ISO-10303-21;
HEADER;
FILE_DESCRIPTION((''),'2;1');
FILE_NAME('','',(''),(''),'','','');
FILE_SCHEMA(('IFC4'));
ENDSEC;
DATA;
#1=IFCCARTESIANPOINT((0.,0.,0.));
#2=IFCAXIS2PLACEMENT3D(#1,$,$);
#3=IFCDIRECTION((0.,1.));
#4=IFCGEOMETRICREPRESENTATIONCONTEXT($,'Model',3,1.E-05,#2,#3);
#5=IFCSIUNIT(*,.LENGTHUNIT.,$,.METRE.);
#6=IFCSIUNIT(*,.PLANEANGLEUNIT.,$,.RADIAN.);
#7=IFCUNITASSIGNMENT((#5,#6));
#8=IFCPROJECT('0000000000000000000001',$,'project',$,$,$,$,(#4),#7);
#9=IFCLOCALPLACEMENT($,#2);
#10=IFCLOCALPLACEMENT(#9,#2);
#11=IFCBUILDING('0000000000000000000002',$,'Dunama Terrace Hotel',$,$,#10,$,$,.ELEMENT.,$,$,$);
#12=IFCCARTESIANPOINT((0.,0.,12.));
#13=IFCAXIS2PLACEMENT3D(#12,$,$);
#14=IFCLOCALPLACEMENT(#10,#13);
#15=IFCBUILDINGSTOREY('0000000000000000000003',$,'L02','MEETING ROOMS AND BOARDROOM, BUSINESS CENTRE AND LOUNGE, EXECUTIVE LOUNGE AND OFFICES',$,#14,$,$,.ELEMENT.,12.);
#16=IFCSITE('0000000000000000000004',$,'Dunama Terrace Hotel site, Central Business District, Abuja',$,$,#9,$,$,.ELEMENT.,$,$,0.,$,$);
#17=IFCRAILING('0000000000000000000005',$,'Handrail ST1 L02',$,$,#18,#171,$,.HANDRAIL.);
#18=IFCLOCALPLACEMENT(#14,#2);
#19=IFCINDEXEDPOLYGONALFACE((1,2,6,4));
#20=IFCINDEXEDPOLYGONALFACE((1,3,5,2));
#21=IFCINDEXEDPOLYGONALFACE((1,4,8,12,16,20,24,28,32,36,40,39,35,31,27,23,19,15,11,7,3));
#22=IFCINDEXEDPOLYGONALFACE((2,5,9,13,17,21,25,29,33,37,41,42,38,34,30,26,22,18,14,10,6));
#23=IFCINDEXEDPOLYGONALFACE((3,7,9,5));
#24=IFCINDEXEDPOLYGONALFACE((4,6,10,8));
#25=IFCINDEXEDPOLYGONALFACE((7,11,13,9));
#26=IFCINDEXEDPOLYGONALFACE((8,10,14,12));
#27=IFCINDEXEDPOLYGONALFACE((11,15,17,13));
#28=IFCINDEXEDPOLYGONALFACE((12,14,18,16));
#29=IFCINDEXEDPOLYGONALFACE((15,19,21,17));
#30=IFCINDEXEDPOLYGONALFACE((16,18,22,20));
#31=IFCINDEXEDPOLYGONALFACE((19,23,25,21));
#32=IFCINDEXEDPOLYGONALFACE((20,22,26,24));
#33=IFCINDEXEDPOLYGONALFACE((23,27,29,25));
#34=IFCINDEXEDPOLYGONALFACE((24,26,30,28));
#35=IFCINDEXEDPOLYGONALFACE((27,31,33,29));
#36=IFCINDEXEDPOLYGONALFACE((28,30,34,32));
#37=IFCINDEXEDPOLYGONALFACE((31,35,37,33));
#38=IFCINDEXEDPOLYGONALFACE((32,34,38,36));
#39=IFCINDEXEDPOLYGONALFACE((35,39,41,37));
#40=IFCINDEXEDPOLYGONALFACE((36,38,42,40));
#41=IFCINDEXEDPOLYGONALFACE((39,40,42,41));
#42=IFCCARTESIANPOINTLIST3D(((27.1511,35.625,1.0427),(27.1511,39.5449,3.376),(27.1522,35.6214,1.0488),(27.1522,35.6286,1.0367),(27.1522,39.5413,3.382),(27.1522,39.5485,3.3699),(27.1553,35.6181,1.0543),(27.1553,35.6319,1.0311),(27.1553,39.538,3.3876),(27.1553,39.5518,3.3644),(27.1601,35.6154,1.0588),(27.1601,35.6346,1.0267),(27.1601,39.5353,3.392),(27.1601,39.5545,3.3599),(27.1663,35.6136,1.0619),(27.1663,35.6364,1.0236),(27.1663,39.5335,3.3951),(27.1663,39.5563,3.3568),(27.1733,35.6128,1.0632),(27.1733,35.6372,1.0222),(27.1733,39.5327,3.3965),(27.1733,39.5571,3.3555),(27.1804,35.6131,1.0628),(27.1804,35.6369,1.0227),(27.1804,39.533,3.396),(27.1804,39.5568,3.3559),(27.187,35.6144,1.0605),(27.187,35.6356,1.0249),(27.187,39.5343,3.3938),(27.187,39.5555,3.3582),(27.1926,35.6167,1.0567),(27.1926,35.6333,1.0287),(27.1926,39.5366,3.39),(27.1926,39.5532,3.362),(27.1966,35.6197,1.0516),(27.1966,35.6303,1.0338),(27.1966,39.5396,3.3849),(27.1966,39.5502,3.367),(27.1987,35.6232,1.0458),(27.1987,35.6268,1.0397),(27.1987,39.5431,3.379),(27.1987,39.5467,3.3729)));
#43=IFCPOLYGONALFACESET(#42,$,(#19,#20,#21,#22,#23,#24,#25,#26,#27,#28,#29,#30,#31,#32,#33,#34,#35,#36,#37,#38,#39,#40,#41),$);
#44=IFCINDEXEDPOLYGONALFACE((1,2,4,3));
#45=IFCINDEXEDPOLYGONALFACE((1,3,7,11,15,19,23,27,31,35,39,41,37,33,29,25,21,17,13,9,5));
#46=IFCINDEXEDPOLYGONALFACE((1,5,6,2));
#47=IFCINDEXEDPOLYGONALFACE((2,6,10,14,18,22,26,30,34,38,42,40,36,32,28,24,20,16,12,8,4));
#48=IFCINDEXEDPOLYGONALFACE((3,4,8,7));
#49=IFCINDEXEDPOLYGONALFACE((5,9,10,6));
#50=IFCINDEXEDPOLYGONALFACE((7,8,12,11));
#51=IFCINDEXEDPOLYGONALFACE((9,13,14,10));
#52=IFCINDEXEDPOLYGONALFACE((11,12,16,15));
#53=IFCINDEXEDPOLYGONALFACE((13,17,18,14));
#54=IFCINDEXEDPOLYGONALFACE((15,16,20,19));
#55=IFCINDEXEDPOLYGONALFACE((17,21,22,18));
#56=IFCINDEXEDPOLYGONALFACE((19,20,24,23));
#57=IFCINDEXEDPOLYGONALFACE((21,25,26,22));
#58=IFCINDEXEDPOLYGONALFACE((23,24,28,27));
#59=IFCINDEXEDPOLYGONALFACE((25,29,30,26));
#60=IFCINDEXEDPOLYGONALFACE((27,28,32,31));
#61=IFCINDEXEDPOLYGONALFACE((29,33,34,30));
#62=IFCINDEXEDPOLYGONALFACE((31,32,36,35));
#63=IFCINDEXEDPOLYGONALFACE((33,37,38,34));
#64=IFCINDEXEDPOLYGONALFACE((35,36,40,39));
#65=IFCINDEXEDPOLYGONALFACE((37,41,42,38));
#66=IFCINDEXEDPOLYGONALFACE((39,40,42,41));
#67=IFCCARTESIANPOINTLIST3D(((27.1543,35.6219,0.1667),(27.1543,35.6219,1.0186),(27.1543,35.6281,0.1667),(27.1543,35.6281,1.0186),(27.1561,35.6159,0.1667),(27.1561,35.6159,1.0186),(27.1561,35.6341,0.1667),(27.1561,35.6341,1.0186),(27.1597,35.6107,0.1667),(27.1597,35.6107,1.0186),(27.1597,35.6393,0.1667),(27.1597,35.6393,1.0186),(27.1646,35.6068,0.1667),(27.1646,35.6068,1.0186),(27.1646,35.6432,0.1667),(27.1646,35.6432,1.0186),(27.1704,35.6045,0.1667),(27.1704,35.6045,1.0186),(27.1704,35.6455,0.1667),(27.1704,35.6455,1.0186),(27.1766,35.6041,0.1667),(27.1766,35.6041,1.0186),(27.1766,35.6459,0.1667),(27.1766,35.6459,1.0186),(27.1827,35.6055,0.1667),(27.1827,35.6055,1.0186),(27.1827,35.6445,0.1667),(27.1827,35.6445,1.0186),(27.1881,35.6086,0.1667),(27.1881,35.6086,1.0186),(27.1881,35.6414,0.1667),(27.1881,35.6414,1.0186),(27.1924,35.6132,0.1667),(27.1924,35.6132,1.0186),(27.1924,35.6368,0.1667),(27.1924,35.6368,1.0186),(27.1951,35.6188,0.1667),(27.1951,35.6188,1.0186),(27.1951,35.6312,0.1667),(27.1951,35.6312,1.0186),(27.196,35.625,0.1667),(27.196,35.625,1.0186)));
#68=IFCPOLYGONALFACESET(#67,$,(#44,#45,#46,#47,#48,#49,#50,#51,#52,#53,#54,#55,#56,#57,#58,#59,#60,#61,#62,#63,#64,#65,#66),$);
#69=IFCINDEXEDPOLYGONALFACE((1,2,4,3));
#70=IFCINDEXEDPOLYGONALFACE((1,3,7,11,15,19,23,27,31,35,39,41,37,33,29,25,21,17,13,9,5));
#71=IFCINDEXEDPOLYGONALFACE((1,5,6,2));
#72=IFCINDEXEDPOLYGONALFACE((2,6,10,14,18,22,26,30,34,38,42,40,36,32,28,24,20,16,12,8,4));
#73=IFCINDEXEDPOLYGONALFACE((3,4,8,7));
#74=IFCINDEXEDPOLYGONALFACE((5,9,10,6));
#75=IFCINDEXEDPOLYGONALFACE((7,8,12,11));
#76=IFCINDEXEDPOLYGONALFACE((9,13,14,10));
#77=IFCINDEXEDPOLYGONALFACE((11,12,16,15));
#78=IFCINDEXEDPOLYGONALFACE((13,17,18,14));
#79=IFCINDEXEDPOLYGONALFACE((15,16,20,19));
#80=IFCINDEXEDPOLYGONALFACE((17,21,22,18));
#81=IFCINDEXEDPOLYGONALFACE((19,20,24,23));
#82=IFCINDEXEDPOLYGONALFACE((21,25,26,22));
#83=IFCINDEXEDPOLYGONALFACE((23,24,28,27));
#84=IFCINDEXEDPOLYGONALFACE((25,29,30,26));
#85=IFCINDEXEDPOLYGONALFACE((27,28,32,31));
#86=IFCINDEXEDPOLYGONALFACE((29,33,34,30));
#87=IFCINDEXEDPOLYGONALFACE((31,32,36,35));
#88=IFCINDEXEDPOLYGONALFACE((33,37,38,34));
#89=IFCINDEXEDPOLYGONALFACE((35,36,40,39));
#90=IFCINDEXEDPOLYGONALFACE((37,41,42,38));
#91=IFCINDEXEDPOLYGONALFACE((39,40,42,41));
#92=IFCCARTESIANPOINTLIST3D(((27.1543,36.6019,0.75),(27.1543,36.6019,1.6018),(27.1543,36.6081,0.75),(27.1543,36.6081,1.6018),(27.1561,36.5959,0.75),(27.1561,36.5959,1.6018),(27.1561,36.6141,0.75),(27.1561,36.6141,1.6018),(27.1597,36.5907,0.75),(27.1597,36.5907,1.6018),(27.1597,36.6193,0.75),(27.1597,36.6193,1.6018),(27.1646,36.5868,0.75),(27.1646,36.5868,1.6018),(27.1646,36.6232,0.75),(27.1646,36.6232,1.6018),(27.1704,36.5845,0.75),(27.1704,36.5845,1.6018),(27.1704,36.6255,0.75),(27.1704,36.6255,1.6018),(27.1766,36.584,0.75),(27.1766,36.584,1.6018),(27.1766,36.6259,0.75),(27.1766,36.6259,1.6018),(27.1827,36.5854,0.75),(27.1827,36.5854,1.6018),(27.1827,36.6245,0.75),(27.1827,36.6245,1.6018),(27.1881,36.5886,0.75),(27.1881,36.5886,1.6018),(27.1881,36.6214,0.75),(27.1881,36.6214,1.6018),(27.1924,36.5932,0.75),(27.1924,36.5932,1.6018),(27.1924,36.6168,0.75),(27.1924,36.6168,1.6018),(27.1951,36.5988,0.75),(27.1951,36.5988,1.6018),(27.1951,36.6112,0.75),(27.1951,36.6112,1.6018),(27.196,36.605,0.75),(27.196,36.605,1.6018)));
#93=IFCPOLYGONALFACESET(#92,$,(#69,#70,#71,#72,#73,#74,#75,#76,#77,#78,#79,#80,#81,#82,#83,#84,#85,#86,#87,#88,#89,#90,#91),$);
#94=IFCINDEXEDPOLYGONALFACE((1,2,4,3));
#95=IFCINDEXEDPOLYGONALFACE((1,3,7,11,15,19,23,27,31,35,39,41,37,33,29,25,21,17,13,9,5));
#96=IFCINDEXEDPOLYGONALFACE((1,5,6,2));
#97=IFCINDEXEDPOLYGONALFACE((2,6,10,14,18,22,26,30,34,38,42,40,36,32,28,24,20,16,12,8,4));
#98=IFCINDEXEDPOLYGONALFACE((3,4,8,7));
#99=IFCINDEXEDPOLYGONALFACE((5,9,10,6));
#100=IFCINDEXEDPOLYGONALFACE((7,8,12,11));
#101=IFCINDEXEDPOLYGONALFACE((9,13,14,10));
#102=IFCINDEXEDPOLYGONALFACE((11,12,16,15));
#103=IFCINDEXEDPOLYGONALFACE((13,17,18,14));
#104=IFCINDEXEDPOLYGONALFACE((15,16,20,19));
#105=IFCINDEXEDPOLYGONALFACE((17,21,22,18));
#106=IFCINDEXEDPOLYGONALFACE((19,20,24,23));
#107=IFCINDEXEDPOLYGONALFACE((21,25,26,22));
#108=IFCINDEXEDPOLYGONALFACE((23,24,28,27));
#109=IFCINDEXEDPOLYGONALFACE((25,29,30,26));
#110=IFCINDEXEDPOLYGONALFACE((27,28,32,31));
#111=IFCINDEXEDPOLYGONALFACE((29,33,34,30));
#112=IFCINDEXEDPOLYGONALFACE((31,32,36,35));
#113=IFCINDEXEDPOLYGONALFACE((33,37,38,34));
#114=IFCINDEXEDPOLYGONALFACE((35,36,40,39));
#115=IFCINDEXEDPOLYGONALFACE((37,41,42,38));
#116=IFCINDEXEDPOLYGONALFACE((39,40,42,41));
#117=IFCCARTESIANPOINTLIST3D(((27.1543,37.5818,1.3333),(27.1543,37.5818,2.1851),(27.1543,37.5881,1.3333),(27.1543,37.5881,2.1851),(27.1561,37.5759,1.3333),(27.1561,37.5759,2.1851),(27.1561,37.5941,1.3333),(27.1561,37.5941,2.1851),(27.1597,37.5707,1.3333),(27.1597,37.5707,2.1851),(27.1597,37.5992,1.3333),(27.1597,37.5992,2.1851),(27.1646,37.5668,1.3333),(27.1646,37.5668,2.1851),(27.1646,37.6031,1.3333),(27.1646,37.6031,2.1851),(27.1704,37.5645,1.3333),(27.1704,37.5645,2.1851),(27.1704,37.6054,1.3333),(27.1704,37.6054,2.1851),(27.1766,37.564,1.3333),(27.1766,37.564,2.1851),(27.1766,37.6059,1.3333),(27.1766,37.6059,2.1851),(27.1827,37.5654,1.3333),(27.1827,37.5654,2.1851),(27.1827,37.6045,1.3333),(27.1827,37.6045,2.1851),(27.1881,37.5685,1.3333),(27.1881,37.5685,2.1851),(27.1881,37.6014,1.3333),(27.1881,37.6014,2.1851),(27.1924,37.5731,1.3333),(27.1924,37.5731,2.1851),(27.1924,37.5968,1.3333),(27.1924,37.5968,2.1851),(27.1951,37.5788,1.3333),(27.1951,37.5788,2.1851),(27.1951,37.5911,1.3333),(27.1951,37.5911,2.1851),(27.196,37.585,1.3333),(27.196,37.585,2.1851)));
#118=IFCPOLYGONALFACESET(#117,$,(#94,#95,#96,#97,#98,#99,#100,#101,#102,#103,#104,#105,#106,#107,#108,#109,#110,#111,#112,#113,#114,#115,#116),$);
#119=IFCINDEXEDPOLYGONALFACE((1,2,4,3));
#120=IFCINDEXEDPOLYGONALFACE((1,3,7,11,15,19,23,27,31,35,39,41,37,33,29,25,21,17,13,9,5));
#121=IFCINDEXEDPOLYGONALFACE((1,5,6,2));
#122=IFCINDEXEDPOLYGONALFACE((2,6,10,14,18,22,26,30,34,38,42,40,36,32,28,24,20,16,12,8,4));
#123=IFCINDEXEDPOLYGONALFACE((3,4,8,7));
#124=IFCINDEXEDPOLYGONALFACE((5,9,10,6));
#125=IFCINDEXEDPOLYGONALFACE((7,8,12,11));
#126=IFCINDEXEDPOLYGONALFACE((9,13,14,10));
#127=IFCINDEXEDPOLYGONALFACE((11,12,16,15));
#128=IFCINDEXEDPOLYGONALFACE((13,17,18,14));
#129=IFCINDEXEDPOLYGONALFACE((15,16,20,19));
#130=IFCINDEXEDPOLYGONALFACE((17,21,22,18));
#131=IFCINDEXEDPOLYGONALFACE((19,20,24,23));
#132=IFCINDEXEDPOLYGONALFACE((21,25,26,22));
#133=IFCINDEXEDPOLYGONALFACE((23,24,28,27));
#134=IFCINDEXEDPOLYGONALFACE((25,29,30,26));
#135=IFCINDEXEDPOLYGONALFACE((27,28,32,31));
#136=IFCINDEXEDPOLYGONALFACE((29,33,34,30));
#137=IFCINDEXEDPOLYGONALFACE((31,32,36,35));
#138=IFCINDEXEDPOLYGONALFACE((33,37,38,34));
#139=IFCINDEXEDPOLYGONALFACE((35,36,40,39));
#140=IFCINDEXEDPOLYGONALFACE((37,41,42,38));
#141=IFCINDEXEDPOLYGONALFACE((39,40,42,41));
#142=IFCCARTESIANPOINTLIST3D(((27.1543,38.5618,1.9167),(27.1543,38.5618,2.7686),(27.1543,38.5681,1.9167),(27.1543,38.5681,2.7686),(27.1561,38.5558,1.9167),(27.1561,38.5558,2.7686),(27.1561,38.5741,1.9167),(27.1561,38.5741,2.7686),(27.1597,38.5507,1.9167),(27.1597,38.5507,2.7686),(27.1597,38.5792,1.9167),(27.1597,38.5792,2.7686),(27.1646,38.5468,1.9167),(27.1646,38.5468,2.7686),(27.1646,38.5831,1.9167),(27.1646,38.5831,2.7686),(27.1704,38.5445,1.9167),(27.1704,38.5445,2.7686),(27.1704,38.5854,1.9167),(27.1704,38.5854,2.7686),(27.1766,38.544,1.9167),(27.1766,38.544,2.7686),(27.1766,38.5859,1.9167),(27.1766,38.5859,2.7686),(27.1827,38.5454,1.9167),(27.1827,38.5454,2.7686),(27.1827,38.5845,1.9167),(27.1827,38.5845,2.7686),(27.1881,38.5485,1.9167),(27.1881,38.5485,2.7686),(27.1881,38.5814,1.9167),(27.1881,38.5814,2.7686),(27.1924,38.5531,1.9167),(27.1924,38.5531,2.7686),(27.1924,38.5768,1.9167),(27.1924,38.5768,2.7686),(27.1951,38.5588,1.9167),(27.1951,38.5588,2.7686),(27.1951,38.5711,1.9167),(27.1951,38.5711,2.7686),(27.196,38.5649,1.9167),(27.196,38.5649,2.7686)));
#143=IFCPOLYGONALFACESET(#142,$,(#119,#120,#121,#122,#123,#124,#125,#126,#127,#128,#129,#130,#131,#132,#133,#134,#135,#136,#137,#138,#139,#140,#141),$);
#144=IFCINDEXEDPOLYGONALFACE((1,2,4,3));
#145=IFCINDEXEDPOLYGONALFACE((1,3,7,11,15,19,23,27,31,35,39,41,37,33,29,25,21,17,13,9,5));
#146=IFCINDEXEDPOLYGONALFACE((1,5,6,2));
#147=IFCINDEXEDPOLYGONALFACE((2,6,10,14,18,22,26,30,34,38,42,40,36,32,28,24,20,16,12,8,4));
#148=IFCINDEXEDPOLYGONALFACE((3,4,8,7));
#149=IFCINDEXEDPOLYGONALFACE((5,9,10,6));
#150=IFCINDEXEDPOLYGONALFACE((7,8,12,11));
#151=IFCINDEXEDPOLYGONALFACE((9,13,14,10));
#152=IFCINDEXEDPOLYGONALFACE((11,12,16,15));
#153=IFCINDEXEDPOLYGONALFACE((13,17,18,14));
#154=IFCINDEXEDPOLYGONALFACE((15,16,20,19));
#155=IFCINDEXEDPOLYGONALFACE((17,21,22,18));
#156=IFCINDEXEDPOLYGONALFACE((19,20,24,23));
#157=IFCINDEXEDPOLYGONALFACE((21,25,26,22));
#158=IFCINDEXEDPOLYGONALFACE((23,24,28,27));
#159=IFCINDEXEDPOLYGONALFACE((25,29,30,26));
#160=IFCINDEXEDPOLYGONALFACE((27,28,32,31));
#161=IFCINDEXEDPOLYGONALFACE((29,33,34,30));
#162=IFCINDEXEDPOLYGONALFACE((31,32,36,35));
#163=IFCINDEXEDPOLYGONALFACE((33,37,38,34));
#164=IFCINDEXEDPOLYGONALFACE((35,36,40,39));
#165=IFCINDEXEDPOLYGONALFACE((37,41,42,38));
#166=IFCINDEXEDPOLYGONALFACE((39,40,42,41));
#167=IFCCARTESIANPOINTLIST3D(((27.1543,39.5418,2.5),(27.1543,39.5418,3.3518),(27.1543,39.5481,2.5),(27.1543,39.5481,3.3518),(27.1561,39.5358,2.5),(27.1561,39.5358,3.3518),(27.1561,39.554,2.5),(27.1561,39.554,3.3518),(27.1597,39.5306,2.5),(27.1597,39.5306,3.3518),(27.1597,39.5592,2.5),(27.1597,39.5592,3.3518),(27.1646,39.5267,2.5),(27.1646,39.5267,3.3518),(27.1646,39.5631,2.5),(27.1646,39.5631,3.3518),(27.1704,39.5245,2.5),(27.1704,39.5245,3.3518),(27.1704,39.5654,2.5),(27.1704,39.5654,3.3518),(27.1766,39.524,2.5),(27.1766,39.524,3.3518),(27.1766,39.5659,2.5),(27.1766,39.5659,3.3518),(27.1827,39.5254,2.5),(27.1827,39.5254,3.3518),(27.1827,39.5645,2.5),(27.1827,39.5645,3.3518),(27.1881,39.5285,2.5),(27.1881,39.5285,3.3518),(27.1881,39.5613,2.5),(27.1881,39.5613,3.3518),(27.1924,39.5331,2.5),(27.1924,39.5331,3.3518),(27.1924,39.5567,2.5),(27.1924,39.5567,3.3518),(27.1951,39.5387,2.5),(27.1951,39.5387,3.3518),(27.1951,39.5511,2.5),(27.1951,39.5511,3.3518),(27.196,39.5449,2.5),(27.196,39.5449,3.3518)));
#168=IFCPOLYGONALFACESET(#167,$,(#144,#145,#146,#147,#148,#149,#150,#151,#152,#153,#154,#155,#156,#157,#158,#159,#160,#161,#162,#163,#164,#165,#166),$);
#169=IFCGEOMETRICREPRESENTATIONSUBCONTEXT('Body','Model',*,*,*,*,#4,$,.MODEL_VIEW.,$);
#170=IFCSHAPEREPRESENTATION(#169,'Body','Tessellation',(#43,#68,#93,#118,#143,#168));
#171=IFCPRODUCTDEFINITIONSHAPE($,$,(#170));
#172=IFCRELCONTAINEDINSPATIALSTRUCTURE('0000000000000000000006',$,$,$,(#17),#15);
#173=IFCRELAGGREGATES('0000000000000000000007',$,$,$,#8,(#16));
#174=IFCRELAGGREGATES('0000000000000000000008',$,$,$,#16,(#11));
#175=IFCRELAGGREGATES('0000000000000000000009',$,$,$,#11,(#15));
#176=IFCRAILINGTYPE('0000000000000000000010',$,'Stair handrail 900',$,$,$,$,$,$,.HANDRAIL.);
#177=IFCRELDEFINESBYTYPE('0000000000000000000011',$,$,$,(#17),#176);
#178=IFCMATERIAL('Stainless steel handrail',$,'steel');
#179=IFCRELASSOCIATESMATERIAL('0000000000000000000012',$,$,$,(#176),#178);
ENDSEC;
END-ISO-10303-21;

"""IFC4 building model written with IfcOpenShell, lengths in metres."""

from ifc_helpers import new_model, si_unit, direction, frame, origin, origin_2d, place, context, subcontext, project, spatial, circle, extrude, material, type_object, element, save


model = new_model("IFC4")

# Units and contexts
model_context = context("Model", 3, precision=1e-05, world=origin(), true_north=direction((0.0, 1.0)))
body_context = subcontext(model_context, "Body", "Model", "MODEL_VIEW")
ifc_project = project(units=[si_unit("LENGTHUNIT", "METRE"), si_unit("PLANEANGLEUNIT", "RADIAN")], contexts=[model_context])

# Site, building, storey
site_placement = place(None, origin())
site = spatial("IfcSite", under=ifc_project, at=site_placement, Name="Dunama Terrace Hotel site, Central Business District, Abuja", CompositionType="ELEMENT", RefElevation=0.0)
building_placement = place(site_placement, origin())
building = spatial("IfcBuilding", under=site, at=building_placement, Name="Dunama Terrace Hotel", CompositionType="ELEMENT")
storey_placement = place(building_placement, frame((0.0, 0.0, 12.0)))
storey = spatial("IfcBuildingStorey", under=building, at=storey_placement, Name="L02", Description="MEETING ROOMS AND BOARDROOM, BUSINESS CENTRE AND LOUNGE, EXECUTIVE LOUNGE AND OFFICES", CompositionType="ELEMENT", Elevation=12.0)

# Railing
ifc_material_1 = material(Name="Stainless steel handrail", Category="steel")
railing_type = type_object("IfcRailingType", Name="Stair handrail 900", PredefinedType="HANDRAIL", material=ifc_material_1)
railing_1_placement = place(storey_placement, frame((27.175, 35.625, 0.1667)))
element("IfcRailing", 1, at=railing_1_placement, inside=storey, type_object=railing_type, Name="Handrail ST1 L02", PredefinedType="HANDRAIL", context=body_context, shape_type="SweptSolid", body=[
    extrude(circle(Radius=0.0239, at=origin_2d()), frame((0.0, 0.0, 0.876), z_axis=(0.0, 0.859296, 0.511478), x_axis=(-1.0, 0.0, 0.0)), (0.0, 0.0, 1.0), 4.5618),
    extrude(circle(Radius=0.021, at=origin_2d()), origin(), (0.0, 0.0, 1.0), 0.8518),
    extrude(circle(Radius=0.021, at=origin_2d()), frame((0.0, 0.98, 0.5833)), (0.0, 0.0, 1.0), 0.8518),
    extrude(circle(Radius=0.021, at=origin_2d()), frame((0.0, 1.96, 1.1665)), (0.0, 0.0, 1.0), 0.8518),
    extrude(circle(Radius=0.021, at=origin_2d()), frame((0.0, 2.9399, 1.75)), (0.0, 0.0, 1.0), 0.8518),
    extrude(circle(Radius=0.021, at=origin_2d()), frame((0.0, 3.9199, 2.3333)), (0.0, 0.0, 1.0), 0.8518),
])

save(model, "model.ifc")
